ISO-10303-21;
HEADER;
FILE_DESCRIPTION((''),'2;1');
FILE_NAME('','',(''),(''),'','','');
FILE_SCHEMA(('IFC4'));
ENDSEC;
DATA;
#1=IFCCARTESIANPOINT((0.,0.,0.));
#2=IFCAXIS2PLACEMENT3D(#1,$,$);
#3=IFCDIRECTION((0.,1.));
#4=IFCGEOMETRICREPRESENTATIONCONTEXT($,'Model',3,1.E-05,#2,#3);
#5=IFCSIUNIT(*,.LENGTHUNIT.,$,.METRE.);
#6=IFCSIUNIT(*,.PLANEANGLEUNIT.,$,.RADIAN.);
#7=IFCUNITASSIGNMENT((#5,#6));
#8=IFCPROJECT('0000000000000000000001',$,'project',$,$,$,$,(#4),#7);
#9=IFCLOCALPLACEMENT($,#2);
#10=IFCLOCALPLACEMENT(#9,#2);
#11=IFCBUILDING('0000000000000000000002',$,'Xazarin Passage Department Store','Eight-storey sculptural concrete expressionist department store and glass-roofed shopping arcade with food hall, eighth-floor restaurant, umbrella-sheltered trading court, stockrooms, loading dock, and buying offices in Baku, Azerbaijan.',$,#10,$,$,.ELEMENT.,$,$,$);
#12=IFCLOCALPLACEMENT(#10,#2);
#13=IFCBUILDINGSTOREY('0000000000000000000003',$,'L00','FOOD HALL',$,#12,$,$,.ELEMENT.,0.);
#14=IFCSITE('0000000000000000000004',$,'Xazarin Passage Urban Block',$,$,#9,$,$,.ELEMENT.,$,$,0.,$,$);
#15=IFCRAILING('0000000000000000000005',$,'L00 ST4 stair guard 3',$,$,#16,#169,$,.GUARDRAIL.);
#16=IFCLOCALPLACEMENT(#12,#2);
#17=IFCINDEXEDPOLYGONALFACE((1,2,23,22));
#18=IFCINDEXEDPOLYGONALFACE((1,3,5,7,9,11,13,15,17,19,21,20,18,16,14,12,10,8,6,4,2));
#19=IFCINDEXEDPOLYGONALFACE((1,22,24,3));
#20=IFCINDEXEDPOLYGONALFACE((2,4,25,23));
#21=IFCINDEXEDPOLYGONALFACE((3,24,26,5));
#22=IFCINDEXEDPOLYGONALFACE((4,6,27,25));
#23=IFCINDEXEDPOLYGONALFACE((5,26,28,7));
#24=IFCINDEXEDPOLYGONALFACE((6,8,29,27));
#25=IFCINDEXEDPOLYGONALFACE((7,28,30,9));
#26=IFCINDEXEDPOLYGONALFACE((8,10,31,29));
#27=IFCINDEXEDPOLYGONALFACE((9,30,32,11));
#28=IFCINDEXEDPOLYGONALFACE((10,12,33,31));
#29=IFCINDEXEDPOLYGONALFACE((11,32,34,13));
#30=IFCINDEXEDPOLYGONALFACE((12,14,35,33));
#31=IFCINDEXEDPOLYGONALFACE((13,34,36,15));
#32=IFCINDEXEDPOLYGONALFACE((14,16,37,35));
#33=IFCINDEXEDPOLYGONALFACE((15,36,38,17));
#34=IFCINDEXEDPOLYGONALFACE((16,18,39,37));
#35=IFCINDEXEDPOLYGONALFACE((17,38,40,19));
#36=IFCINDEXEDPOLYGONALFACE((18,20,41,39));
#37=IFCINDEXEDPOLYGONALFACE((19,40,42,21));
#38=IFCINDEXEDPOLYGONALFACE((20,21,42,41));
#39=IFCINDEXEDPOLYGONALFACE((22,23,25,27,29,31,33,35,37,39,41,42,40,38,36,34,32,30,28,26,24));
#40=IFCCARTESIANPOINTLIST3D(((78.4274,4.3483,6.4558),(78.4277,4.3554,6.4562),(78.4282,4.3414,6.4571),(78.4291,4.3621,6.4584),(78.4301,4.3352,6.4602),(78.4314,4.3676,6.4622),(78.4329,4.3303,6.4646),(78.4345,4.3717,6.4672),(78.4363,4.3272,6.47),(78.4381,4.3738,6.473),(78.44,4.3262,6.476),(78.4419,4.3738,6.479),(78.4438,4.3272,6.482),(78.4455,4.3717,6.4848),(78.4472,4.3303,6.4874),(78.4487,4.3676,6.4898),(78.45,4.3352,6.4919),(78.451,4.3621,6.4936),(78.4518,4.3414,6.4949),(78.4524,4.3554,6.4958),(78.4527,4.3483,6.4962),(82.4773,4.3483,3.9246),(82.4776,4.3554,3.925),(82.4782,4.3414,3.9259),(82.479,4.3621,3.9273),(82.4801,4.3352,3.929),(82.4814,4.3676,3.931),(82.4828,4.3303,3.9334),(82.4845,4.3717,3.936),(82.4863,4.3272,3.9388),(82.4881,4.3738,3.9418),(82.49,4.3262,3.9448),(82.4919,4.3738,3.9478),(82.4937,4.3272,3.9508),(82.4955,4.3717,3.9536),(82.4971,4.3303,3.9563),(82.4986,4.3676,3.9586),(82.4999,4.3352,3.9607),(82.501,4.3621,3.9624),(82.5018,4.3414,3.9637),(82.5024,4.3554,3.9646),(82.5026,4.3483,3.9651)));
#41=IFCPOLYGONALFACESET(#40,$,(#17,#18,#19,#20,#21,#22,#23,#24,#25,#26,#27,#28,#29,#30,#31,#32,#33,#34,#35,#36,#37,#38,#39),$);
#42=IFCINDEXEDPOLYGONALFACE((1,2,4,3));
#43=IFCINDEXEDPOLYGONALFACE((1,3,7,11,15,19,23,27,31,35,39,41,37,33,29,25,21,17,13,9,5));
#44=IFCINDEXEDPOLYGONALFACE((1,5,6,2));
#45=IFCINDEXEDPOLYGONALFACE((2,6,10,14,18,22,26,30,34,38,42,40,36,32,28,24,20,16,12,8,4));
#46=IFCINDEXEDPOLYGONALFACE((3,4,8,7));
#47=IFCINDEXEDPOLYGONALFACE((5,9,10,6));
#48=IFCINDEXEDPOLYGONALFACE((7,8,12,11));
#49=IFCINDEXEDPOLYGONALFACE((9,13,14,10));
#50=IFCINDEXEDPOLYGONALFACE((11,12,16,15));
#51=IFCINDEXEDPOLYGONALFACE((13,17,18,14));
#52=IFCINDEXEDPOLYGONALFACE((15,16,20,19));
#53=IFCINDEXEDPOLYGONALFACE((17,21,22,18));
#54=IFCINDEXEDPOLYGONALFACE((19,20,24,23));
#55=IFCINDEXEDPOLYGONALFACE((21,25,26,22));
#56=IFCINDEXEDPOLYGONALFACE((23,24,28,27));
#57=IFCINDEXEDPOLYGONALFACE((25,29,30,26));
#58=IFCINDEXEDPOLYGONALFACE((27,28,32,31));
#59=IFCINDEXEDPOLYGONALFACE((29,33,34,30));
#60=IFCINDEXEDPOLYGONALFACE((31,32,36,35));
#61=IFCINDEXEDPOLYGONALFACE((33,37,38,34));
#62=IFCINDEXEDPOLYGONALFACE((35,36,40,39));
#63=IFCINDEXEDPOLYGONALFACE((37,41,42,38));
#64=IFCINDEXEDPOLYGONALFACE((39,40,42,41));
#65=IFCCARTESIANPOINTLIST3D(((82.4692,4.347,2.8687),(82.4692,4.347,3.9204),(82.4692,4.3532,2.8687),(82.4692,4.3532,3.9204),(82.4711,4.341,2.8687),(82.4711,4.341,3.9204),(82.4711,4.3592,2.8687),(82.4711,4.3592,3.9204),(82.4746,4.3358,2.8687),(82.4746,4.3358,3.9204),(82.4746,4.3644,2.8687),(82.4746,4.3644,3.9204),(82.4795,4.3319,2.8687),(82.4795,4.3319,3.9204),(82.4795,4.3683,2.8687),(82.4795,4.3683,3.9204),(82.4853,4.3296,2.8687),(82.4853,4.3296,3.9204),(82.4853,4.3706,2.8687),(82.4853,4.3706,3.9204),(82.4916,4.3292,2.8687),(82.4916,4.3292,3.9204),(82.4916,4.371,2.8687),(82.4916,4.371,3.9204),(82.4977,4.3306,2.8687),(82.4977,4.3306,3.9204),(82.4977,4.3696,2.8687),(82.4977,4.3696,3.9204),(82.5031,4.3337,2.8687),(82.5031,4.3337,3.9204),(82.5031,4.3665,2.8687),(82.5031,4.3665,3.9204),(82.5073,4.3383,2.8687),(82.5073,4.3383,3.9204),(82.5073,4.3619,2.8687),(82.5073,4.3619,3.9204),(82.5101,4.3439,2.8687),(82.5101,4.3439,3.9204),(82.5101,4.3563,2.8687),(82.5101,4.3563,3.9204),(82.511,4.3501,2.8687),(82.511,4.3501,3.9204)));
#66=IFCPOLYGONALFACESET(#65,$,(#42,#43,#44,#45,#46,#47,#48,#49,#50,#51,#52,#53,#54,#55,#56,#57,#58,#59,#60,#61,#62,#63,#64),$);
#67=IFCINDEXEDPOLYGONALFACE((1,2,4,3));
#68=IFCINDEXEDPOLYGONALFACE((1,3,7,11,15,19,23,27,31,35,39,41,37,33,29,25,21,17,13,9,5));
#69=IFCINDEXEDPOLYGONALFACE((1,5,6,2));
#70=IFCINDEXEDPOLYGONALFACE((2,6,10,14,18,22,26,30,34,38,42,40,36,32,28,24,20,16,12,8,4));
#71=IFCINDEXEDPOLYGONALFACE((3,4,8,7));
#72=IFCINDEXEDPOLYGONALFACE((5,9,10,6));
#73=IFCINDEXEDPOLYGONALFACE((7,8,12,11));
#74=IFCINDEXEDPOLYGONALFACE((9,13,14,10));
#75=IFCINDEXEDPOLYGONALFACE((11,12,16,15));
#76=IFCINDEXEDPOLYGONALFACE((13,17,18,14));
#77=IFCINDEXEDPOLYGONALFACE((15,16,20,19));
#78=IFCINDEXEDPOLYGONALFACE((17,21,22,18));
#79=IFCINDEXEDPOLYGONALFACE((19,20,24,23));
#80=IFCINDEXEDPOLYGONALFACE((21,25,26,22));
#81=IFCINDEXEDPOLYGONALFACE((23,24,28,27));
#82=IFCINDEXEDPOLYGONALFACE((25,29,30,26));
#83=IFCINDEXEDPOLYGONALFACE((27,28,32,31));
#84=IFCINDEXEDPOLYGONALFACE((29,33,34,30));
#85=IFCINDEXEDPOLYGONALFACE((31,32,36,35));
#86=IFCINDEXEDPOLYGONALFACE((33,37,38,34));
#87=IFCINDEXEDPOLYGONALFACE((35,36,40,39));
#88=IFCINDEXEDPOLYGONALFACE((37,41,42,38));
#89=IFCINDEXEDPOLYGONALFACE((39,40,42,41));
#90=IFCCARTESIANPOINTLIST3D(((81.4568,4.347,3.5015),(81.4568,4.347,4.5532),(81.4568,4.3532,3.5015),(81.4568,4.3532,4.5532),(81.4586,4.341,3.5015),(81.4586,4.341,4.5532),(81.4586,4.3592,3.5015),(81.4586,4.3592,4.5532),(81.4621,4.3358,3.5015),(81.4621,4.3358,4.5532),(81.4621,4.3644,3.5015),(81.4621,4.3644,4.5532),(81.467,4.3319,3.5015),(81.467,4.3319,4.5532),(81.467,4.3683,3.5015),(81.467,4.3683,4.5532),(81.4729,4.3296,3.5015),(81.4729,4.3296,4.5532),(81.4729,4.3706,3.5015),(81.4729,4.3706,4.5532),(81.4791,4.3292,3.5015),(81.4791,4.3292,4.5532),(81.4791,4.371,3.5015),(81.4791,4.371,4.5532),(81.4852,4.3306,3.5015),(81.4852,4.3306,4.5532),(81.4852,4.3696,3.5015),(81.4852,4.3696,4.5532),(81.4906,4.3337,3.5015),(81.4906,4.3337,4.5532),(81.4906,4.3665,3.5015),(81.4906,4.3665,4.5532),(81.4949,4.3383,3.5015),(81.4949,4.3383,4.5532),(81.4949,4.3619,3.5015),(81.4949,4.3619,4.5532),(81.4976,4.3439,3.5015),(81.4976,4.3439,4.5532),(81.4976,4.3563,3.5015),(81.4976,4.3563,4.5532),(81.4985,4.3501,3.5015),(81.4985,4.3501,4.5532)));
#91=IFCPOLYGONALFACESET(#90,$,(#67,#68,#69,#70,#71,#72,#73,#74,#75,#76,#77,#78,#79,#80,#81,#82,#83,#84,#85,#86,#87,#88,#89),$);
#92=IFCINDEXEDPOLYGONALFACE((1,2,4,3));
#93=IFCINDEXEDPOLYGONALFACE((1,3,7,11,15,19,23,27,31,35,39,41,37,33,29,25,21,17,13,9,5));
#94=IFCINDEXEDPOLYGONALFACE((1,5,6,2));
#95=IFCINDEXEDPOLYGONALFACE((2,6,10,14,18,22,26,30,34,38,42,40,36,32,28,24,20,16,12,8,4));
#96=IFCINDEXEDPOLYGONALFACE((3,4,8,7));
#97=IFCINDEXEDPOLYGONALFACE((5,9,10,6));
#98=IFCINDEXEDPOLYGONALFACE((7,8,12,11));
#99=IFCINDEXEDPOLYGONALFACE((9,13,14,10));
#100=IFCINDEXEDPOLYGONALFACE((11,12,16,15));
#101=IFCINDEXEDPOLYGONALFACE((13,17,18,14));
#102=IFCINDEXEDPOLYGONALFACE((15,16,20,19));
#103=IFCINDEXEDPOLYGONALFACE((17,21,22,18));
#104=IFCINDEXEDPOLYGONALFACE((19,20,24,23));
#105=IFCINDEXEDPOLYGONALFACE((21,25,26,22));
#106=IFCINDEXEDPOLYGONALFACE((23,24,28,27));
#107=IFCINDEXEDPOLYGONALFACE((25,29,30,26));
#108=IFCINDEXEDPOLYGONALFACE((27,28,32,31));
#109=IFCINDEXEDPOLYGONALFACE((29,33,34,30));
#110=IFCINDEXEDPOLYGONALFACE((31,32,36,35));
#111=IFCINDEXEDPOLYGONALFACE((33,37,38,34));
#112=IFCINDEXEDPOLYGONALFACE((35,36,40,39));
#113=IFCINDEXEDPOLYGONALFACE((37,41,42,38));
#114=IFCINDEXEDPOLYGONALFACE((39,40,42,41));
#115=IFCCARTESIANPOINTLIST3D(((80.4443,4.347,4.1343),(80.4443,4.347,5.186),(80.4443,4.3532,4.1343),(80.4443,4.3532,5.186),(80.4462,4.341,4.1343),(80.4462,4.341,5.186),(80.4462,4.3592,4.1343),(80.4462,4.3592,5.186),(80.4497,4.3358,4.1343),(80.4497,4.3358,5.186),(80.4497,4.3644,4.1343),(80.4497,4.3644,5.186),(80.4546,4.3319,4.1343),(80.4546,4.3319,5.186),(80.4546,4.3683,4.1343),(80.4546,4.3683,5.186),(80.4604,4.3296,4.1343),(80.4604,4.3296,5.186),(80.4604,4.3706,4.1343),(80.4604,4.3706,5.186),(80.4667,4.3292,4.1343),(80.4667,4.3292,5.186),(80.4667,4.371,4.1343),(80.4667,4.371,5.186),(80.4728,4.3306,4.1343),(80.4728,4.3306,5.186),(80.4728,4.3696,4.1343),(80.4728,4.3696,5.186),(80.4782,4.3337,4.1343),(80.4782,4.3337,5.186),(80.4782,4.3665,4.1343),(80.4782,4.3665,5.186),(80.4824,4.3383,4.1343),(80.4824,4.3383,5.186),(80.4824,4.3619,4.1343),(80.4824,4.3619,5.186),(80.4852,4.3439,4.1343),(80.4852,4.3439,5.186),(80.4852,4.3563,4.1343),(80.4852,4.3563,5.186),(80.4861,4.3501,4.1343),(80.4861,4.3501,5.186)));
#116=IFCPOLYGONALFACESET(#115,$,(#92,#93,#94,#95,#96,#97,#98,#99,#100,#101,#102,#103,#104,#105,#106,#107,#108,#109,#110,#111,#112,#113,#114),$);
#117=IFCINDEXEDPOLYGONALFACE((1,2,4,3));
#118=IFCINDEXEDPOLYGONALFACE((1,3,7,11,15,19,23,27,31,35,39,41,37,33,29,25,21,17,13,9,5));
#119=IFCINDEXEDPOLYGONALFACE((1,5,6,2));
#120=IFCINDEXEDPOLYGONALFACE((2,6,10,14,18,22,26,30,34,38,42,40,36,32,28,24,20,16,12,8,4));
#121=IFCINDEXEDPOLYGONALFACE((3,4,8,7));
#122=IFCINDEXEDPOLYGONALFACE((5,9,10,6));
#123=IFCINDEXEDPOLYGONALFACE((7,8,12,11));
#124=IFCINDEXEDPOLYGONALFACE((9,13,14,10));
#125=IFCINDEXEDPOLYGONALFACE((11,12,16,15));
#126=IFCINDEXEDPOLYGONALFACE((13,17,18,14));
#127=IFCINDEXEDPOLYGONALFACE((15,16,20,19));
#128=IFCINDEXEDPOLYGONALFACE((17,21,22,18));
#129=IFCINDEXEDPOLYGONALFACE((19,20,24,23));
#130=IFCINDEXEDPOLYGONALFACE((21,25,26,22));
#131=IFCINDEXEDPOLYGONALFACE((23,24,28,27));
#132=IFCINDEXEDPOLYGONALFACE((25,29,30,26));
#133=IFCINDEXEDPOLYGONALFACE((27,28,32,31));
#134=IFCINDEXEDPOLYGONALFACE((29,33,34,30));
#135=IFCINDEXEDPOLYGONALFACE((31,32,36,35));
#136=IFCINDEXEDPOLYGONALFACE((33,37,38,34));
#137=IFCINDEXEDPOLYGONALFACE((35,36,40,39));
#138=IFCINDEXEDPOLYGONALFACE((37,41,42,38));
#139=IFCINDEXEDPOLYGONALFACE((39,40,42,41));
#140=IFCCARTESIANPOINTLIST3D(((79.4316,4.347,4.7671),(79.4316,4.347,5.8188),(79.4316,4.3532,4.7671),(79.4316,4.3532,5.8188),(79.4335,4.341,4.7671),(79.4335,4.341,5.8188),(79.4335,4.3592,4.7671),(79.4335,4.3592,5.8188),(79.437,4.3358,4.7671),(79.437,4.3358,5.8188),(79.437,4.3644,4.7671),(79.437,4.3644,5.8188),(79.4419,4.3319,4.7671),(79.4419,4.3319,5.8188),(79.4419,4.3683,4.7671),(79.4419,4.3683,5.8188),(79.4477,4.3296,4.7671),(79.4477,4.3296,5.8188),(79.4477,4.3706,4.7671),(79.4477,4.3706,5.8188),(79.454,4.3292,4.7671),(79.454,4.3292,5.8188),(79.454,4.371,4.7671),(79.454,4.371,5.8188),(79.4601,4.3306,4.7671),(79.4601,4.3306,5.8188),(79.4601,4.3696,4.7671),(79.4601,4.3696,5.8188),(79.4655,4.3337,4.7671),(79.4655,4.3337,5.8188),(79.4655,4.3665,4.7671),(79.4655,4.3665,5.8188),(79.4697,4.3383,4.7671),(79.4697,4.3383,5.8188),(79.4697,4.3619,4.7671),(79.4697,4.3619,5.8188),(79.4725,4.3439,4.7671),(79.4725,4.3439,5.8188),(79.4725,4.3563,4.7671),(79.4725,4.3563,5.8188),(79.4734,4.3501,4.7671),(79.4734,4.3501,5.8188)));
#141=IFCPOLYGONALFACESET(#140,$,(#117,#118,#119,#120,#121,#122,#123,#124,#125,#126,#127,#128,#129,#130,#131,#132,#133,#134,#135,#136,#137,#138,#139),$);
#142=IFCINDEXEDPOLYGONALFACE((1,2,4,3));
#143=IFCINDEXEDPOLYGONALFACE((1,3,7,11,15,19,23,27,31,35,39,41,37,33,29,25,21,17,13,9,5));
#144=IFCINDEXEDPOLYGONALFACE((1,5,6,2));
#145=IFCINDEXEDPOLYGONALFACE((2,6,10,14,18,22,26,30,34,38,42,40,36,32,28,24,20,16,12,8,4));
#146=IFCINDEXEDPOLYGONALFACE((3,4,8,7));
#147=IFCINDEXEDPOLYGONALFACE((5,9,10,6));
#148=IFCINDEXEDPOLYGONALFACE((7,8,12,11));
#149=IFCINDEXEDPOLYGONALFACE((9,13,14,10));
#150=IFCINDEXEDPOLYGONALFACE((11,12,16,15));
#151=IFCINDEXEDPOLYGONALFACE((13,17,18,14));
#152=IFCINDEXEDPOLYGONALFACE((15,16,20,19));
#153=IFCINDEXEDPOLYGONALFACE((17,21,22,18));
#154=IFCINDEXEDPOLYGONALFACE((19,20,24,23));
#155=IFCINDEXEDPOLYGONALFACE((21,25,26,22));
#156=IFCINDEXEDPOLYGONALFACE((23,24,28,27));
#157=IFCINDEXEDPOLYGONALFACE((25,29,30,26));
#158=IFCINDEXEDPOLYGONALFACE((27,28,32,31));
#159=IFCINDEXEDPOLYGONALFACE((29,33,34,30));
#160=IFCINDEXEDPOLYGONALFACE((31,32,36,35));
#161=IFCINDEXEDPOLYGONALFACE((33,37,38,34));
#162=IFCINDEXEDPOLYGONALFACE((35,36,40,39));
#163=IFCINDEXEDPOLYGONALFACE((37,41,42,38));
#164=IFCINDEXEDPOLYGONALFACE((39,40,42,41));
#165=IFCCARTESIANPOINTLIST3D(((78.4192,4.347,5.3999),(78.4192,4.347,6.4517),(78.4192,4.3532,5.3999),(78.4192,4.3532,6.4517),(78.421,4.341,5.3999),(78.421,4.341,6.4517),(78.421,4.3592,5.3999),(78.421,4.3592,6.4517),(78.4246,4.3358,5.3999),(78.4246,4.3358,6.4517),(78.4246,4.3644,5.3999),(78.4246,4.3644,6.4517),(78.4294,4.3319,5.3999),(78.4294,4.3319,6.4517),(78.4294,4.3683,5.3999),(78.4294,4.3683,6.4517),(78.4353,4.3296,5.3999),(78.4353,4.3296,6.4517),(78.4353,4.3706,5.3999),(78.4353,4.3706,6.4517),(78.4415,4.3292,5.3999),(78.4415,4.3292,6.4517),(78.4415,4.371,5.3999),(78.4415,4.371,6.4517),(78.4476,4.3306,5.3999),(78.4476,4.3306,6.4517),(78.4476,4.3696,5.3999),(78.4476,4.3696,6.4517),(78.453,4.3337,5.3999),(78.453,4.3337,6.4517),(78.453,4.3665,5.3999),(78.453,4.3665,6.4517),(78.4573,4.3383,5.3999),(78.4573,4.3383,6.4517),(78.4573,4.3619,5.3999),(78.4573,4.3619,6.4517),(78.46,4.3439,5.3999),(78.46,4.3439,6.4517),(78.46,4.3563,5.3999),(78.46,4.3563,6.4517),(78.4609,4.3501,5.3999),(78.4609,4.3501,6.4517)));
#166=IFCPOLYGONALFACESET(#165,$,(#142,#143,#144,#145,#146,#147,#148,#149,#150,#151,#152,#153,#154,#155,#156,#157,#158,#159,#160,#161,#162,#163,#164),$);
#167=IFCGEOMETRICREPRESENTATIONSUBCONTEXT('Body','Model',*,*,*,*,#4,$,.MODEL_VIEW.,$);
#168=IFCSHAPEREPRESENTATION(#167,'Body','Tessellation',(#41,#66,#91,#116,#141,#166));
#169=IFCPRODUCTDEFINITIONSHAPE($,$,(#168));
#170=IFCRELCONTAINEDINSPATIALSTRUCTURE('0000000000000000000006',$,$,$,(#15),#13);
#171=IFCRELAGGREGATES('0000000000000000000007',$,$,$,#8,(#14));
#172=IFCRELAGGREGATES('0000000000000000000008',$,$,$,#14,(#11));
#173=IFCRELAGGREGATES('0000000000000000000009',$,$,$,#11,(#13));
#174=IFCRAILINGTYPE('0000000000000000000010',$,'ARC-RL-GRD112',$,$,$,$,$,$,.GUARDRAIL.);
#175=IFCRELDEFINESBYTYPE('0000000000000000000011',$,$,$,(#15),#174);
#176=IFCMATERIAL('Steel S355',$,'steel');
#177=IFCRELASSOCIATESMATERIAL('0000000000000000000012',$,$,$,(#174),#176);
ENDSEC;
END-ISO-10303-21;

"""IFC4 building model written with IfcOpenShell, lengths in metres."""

from ifc_helpers import new_model, si_unit, direction, frame, origin, origin_2d, place, context, subcontext, project, spatial, circle, extrude, material, type_object, element, save


model = new_model("IFC4")

# Units and contexts
model_context = context("Model", 3, precision=1e-05, world=origin(), true_north=direction((0.0, 1.0)))
body_context = subcontext(model_context, "Body", "Model", "MODEL_VIEW")
ifc_project = project(units=[si_unit("LENGTHUNIT", "METRE"), si_unit("PLANEANGLEUNIT", "RADIAN")], contexts=[model_context])

# Site, building, storey
site_placement = place(None, origin())
site = spatial("IfcSite", under=ifc_project, at=site_placement, Name="Xazarin Passage Urban Block", CompositionType="ELEMENT", RefElevation=0.0)
building_placement = place(site_placement, origin())
building = spatial("IfcBuilding", under=site, at=building_placement, Name="Xazarin Passage Department Store", Description="Eight-storey sculptural concrete expressionist department store and glass-roofed shopping arcade with food hall, eighth-floor restaurant, umbrella-sheltered trading court, stockrooms, loading dock, and buying offices in Baku, Azerbaijan.", CompositionType="ELEMENT")
storey_placement = place(building_placement, origin())
storey = spatial("IfcBuildingStorey", under=building, at=storey_placement, Name="L00", Description="FOOD HALL", CompositionType="ELEMENT", Elevation=0.0)

# Railing
ifc_material_1 = material(Name="Steel S355", Category="steel")
railing_type_1 = type_object("IfcRailingType", Name="ARC-RL-GRD112", PredefinedType="GUARDRAIL", material=ifc_material_1)
railing_1_placement = place(storey_placement, frame((82.49, 4.3501, 2.8687)))
element("IfcRailing", 1, at=railing_1_placement, inside=storey, type_object=railing_type_1, Name="L00 ST4 stair guard 3", PredefinedType="GUARDRAIL", context=body_context, shape_type="SweptSolid", body=[
    extrude(circle(Radius=0.0239, at=origin_2d()), frame((0.0, 0.0, 1.0762), z_axis=(-0.848001, 0.0, 0.529994), x_axis=(0.0, -1.0, 0.0)), (0.0, 0.0, 1.0), 4.7759),
    extrude(circle(Radius=0.021, at=origin_2d()), origin(), (0.0, 0.0, 1.0), 1.0518),
    extrude(circle(Radius=0.021, at=origin_2d()), frame((-1.0125, 0.0, 0.6328)), (0.0, 0.0, 1.0), 1.0518),
    extrude(circle(Radius=0.021, at=origin_2d()), frame((-2.0249, 0.0, 1.2656)), (0.0, 0.0, 1.0), 1.0518),
    extrude(circle(Radius=0.021, at=origin_2d()), frame((-3.0376, 0.0, 1.8984)), (0.0, 0.0, 1.0), 1.0518),
    extrude(circle(Radius=0.021, at=origin_2d()), frame((-4.05, 0.0, 2.5312)), (0.0, 0.0, 1.0), 1.0518),
])

save(model, "model.ifc")
